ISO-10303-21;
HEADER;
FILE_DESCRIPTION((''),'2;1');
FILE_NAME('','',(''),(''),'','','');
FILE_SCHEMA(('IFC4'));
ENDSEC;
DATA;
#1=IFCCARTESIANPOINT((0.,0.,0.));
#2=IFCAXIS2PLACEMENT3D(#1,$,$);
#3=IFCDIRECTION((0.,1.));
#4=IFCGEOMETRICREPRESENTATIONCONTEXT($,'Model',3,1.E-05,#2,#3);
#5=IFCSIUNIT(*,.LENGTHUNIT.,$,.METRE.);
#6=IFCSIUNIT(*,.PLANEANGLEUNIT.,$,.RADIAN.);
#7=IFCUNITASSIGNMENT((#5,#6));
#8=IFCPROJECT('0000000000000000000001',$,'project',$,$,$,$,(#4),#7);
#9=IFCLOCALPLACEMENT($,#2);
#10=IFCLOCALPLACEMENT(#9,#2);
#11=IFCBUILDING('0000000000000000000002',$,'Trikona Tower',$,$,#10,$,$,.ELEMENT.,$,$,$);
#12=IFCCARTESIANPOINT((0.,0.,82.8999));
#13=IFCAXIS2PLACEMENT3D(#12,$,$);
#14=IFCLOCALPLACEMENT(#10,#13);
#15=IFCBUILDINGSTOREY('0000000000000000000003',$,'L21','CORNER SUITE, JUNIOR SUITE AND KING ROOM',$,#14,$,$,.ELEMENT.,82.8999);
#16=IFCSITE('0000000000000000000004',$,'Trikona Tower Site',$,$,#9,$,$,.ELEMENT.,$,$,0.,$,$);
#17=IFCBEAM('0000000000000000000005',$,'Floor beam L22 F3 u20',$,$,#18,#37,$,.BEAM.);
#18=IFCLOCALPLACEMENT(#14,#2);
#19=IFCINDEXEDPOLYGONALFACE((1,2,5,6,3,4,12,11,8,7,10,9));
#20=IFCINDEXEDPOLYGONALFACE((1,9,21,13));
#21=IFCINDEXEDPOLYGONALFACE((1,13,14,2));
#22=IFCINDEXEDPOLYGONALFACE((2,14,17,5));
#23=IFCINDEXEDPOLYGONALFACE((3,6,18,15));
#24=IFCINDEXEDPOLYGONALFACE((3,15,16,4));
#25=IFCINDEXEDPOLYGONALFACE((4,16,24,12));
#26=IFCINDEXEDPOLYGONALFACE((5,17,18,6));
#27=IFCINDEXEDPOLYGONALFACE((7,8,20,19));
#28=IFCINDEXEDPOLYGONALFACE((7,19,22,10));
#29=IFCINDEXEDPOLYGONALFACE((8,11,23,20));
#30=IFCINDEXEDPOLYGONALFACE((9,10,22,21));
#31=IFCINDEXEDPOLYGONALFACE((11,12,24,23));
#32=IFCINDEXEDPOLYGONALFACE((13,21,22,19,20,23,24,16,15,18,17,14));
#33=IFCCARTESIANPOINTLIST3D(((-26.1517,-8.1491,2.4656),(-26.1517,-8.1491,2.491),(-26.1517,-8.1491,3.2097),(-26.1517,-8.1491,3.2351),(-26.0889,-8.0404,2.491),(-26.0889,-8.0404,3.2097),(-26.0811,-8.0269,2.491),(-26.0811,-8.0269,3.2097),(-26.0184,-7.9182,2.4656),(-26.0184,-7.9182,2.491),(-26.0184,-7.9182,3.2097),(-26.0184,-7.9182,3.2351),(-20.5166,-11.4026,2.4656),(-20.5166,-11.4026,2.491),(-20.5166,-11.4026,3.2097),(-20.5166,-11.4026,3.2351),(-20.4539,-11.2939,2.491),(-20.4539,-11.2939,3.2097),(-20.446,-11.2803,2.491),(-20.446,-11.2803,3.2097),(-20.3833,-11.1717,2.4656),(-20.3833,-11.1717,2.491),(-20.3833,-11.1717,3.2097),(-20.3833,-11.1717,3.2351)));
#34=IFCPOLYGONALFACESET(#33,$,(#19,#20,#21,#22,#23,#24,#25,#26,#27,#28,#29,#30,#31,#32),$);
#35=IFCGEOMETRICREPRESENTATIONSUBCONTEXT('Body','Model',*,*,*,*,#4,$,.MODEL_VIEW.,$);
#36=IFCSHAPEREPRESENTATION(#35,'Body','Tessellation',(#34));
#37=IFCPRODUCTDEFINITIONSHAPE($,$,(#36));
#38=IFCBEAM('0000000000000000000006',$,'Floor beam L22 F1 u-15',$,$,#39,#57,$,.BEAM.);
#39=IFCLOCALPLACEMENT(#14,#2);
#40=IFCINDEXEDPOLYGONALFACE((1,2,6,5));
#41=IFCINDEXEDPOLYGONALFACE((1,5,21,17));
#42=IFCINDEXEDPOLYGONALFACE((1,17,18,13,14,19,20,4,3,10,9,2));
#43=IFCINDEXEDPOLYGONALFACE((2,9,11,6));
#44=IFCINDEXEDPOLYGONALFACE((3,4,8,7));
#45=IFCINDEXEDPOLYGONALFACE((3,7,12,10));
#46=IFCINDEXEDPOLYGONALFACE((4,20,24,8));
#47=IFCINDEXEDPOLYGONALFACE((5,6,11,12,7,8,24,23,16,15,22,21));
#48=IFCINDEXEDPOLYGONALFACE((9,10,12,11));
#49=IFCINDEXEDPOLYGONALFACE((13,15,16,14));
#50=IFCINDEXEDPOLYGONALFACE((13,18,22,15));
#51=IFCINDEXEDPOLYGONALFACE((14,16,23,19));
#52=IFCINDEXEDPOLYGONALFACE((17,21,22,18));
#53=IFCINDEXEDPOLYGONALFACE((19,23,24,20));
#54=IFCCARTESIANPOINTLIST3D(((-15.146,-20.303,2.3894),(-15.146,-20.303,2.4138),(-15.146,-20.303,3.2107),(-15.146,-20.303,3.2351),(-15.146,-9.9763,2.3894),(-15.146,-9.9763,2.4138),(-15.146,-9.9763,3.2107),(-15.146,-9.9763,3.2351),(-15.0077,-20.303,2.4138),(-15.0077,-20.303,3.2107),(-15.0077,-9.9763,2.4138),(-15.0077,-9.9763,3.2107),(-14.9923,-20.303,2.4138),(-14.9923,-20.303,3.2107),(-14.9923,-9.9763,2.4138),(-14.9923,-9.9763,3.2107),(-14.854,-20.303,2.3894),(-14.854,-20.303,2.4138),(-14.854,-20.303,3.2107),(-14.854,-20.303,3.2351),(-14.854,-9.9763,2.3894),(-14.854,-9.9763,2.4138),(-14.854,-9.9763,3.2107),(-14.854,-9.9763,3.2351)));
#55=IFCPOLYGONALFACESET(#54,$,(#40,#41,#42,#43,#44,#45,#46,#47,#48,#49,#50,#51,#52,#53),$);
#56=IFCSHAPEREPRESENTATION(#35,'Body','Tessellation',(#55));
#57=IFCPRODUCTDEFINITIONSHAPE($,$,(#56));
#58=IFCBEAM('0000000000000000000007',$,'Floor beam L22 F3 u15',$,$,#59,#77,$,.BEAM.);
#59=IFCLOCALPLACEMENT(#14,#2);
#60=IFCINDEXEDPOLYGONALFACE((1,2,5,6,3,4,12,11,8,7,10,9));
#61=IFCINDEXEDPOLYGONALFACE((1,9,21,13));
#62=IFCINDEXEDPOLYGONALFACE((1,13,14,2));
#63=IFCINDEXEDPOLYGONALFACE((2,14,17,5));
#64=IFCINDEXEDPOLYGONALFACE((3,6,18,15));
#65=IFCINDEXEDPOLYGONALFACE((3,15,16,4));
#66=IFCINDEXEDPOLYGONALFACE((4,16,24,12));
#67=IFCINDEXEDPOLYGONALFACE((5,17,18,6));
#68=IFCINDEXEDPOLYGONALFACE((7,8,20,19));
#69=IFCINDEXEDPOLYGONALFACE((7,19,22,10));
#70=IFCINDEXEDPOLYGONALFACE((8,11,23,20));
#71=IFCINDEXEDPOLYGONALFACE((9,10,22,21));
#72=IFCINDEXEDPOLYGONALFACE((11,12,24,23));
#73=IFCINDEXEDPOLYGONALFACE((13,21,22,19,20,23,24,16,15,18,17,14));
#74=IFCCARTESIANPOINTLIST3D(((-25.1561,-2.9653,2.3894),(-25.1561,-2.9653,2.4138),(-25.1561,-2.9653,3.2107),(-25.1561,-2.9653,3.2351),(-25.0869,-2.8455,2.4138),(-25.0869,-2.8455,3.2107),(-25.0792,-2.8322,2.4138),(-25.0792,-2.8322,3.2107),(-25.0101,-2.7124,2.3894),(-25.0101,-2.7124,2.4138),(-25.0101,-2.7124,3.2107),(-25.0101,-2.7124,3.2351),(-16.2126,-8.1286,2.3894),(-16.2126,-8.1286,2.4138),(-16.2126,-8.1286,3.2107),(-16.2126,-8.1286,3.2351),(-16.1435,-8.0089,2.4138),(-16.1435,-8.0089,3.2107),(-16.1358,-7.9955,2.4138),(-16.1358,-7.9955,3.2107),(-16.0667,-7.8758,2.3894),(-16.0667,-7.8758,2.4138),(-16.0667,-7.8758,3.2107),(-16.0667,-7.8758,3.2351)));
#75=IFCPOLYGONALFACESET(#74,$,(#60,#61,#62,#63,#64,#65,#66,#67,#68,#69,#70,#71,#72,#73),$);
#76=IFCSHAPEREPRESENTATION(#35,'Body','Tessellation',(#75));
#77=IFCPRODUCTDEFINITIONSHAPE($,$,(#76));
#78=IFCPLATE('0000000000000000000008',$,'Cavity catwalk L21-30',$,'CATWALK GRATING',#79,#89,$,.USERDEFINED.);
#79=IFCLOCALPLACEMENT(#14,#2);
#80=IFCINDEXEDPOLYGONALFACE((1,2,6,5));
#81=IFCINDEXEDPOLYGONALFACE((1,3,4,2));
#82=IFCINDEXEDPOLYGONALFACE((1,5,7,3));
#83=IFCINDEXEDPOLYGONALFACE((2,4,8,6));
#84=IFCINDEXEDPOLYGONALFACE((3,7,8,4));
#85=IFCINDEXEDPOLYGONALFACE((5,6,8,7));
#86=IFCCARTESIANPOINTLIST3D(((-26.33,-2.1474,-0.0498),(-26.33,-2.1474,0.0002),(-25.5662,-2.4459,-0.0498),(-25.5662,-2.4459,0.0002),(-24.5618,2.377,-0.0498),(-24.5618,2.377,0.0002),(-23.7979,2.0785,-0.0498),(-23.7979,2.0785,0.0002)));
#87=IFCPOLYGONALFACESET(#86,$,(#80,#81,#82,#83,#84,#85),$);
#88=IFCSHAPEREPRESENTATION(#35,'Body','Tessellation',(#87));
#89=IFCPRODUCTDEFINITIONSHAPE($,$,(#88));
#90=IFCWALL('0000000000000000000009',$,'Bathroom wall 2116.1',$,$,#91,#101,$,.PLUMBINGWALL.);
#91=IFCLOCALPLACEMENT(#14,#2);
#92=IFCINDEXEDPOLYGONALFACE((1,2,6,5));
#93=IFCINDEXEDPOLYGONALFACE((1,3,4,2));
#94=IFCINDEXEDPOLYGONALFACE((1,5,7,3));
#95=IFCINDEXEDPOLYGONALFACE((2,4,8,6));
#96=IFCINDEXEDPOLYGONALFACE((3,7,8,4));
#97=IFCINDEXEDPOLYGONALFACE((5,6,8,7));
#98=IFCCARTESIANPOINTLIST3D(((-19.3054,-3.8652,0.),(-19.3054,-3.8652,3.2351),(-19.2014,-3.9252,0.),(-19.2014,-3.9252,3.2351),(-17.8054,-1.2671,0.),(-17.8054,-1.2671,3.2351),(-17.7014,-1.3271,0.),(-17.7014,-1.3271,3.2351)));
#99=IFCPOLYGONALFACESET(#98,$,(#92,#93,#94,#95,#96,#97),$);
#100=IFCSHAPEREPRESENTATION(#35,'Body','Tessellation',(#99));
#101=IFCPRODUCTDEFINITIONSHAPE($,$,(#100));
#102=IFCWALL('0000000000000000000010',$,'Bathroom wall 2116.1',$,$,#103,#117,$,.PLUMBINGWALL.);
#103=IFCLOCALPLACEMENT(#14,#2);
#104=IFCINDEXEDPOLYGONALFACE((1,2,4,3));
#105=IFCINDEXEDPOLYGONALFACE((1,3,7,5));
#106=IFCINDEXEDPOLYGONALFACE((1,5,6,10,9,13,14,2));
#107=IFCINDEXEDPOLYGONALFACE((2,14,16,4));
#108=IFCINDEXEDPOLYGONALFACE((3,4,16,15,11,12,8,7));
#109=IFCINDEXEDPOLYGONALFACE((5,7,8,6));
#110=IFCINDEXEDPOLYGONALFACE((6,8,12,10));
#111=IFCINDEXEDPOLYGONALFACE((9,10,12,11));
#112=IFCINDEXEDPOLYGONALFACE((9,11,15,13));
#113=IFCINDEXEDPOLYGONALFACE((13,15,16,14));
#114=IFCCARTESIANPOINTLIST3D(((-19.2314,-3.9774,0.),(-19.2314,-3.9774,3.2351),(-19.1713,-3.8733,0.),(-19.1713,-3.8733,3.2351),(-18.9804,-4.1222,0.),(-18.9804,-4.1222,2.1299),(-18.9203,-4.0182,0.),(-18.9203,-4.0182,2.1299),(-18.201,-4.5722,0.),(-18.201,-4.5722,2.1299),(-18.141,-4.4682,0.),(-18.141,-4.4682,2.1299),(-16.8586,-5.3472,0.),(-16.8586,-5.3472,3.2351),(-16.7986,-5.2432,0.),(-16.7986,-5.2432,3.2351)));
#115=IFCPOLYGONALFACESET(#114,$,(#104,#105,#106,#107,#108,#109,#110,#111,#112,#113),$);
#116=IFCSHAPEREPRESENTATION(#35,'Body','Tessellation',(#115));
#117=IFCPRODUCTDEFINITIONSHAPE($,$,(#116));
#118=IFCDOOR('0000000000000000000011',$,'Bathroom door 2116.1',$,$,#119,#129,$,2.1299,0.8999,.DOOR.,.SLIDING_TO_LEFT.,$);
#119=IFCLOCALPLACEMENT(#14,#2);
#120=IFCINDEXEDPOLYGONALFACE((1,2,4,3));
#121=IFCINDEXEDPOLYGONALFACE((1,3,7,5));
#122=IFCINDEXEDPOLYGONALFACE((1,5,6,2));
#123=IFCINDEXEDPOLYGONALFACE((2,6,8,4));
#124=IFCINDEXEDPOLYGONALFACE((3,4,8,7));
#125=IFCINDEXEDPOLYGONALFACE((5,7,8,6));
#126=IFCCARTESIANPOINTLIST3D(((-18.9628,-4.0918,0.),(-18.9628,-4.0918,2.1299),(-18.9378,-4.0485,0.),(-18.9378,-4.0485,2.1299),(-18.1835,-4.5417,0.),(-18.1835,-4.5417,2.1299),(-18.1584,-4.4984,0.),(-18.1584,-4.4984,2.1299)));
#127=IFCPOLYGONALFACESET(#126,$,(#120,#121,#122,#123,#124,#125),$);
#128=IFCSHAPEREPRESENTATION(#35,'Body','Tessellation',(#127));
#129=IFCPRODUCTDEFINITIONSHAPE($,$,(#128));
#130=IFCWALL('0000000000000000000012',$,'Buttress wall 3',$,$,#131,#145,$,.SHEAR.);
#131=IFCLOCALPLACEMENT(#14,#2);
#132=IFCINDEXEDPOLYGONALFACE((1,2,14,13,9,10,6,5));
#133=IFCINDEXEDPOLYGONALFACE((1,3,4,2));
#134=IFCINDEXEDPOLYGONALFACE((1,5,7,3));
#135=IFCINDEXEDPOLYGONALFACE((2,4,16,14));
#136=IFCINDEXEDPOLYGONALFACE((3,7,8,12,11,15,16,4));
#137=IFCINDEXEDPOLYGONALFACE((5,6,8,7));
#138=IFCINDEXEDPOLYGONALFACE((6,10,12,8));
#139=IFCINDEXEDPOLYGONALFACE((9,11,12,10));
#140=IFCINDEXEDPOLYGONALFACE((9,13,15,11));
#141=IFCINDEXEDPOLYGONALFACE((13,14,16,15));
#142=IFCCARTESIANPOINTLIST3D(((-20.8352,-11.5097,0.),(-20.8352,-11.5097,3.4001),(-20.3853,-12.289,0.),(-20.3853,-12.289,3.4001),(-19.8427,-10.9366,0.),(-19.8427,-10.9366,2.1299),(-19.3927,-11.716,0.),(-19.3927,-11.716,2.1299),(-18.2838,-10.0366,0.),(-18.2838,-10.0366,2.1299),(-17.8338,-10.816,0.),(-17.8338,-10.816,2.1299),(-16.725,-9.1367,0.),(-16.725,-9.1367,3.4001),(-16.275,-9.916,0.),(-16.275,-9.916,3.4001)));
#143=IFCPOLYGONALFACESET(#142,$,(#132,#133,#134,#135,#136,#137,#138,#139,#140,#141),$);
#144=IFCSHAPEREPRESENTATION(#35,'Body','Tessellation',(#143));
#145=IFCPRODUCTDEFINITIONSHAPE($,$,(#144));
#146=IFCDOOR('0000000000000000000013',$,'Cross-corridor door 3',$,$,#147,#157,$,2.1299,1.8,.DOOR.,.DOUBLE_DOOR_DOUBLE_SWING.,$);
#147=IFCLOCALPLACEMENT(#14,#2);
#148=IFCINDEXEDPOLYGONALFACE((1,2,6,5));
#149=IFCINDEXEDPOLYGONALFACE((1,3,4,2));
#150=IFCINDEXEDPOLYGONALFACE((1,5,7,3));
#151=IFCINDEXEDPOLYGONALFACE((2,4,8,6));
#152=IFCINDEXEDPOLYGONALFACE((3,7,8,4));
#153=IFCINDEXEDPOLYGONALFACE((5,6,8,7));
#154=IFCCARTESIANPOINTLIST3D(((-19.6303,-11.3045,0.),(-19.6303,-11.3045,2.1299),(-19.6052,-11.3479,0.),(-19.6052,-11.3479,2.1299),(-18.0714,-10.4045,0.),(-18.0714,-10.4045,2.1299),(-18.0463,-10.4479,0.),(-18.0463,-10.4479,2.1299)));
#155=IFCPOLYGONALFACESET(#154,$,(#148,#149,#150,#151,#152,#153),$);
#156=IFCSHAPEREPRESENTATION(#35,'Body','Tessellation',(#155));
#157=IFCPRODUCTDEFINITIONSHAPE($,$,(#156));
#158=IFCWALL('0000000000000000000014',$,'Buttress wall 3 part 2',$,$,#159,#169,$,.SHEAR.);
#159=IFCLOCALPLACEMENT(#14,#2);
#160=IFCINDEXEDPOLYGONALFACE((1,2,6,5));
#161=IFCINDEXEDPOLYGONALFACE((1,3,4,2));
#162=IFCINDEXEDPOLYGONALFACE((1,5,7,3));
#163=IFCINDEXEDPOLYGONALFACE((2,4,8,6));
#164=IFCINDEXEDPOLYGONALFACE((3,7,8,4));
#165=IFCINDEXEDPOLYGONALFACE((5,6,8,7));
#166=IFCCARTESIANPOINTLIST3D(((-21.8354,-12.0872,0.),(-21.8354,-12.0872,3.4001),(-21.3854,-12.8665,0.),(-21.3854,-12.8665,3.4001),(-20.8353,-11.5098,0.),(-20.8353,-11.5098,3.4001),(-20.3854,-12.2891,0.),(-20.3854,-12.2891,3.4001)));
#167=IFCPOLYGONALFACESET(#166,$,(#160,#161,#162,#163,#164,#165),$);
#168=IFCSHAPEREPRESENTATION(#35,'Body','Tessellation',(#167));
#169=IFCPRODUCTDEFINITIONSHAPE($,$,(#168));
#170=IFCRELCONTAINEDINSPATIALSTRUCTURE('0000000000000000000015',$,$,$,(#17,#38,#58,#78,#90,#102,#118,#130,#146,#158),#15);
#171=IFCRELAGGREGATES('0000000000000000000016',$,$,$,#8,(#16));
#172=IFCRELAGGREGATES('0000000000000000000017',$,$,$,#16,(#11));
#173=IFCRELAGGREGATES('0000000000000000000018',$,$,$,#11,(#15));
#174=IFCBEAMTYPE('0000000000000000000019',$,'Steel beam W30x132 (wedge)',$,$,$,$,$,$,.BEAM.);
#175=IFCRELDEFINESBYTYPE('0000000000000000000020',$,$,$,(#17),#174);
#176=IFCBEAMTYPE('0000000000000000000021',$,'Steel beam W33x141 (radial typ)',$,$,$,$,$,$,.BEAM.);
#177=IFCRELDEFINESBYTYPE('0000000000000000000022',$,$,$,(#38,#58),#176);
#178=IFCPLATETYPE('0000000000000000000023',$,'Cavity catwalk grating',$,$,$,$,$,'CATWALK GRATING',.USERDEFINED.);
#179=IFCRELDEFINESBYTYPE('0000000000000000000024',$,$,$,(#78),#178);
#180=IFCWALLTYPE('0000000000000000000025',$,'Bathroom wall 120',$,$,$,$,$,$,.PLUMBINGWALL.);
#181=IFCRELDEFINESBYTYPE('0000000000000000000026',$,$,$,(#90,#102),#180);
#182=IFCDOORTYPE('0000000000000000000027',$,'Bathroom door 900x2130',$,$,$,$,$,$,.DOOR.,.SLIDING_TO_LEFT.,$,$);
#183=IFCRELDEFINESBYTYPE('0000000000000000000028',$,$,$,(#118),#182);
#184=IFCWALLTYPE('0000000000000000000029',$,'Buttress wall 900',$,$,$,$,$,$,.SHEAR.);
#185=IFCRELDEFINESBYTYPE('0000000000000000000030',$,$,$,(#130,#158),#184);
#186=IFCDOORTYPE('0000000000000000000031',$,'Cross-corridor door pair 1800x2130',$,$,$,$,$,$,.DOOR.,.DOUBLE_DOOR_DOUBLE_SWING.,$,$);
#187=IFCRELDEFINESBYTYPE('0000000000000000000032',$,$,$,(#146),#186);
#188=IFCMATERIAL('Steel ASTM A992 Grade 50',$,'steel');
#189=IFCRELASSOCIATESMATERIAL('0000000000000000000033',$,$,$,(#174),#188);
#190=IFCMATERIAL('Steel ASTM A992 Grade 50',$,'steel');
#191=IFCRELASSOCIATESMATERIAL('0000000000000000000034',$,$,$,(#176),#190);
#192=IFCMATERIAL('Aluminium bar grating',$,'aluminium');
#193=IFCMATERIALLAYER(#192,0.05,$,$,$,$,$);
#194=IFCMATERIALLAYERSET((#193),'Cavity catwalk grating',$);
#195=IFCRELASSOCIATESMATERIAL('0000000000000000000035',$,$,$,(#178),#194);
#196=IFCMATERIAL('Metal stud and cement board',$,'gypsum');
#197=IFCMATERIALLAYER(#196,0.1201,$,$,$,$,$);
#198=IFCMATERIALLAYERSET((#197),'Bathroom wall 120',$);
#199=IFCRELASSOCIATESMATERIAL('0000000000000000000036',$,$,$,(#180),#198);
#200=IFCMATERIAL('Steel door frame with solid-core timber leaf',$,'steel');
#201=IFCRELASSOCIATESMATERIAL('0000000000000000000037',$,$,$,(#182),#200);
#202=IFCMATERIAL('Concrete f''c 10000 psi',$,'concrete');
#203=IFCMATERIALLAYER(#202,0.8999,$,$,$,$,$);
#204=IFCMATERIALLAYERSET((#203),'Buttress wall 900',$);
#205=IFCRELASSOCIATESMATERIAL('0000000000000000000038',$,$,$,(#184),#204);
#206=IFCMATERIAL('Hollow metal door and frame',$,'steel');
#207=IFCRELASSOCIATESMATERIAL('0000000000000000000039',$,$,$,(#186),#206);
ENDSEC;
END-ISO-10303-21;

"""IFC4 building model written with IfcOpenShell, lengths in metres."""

from ifc_helpers import new_model, si_unit, direction, frame, frame_2d, origin, origin_2d, place, context, subcontext, project, spatial, rectangle, i_section, extrude, material, layer, layer_set, material_profile, profile_set, type_object, element, fill, save


model = new_model("IFC4")

# Units and contexts
model_context = context("Model", 3, precision=1e-05, world=origin(), true_north=direction((0.0, 1.0)))
body_context = subcontext(model_context, "Body", "Model", "MODEL_VIEW")
ifc_project = project(units=[si_unit("LENGTHUNIT", "METRE"), si_unit("PLANEANGLEUNIT", "RADIAN")], contexts=[model_context])

# Site, building, storey
site_placement = place(None, origin())
site = spatial("IfcSite", under=ifc_project, at=site_placement, Name="Trikona Tower Site", CompositionType="ELEMENT", RefElevation=0.0)
building_placement = place(site_placement, origin())
building = spatial("IfcBuilding", under=site, at=building_placement, Name="Trikona Tower", CompositionType="ELEMENT")
storey_placement = place(building_placement, frame((0.0, 0.0, 82.8999)))
storey = spatial("IfcBuildingStorey", under=building, at=storey_placement, Name="L21", Description="CORNER SUITE, JUNIOR SUITE AND KING ROOM", CompositionType="ELEMENT", Elevation=82.8999)

# Beams
ifc_material_1 = material(Name="Steel ASTM A992 Grade 50", Category="steel")
ifc_material_profile_1 = material_profile(ifc_material_1, i_section(OverallWidth=0.2666, OverallDepth=0.7695, WebThickness=0.0156, FlangeThickness=0.0254, at=origin_2d()), Name="W30X132")
ifc_profile_set_1 = profile_set([ifc_material_profile_1], Name="Steel ASTM A992 Grade 50")
beam_type_1 = type_object("IfcBeamType", Name="Steel beam W30x132 (wedge)", PredefinedType="BEAM", material=ifc_profile_set_1)
beam_1_placement = place(storey_placement, frame((-20.45, -11.2871, 2.8503), z_axis=(-0.866023, 0.500005, 0.0), x_axis=(-0.500005, -0.866023, 0.0)))
element("IfcBeam", 1, at=beam_1_placement, inside=storey, type_object=beam_type_1, Name="Floor beam L22 F3 u20", PredefinedType="BEAM", context=body_context, shape_type="SweptSolid", body=[
    extrude(i_section(OverallWidth=0.2666, OverallDepth=0.7695, WebThickness=0.0156, FlangeThickness=0.0254, at=origin_2d()), origin(), (0.0, 0.0, 1.0), 6.5068),
])
ifc_material_2 = material(Name="Steel ASTM A992 Grade 50", Category="steel")
ifc_material_profile_2 = material_profile(ifc_material_2, i_section(OverallWidth=0.292, OverallDepth=0.8457, WebThickness=0.0154, FlangeThickness=0.0244, at=origin_2d()), Name="W33X141")
ifc_profile_set_2 = profile_set([ifc_material_profile_2], Name="Steel ASTM A992 Grade 50")
beam_type_2 = type_object("IfcBeamType", Name="Steel beam W33x141 (radial typ)", PredefinedType="BEAM", material=ifc_profile_set_2)
beam_2_placement = place(storey_placement, frame((-15.0, -9.9763, 2.8123), z_axis=(0.0, -1.0, 0.0), x_axis=(1.0, 0.0, 0.0)))
element("IfcBeam", 2, at=beam_2_placement, inside=storey, type_object=beam_type_2, Name="Floor beam L22 F1 u-15", PredefinedType="BEAM", context=body_context, shape_type="SweptSolid", body=[
    extrude(i_section(OverallWidth=0.292, OverallDepth=0.8457, WebThickness=0.0154, FlangeThickness=0.0244, at=origin_2d()), origin(), (0.0, 0.0, 1.0), 10.3267),
])
beam_3_placement = place(storey_placement, frame((-16.1396, -8.0022, 2.8123), z_axis=(-0.86603, 0.499991, 0.0), x_axis=(-0.499991, -0.86603, 0.0)))
element("IfcBeam", 3, at=beam_3_placement, inside=storey, type_object=beam_type_2, Name="Floor beam L22 F3 u15", PredefinedType="BEAM", context=body_context, shape_type="SweptSolid", body=[
    extrude(i_section(OverallWidth=0.292, OverallDepth=0.8457, WebThickness=0.0154, FlangeThickness=0.0244, at=origin_2d()), origin(), (0.0, 0.0, 1.0), 10.3269),
])

# Plate
ifc_material_3 = material(Name="Aluminium bar grating", Category="aluminium")
ifc_layer_1 = layer(ifc_material_3, 0.05)
ifc_layer_set_1 = layer_set([ifc_layer_1], Name="Cavity catwalk grating")
plate_type = type_object("IfcPlateType", Name="Cavity catwalk grating", ElementType="CATWALK GRATING", PredefinedType="USERDEFINED", material=ifc_layer_set_1)
plate_placement = place(storey_placement, frame((-25.064, -0.0344, -0.0498), z_axis=(0.0, 0.0, 1.0), x_axis=(-0.364009, -0.931395, 0.0)))
element("IfcPlate", 4, at=plate_placement, inside=storey, type_object=plate_type, Name="Cavity catwalk L21-30", ObjectType="CATWALK GRATING", PredefinedType="USERDEFINED", context=body_context, shape_type="SweptSolid", body=[
    extrude(rectangle(XDim=4.8577, YDim=0.8201, at=origin_2d()), origin(), (0.0, 0.0, 1.0), 0.05),
])

# Wall
ifc_material_4 = material(Name="Metal stud and cement board", Category="gypsum")
ifc_layer_2 = layer(ifc_material_4, 0.1201)
ifc_layer_set_2 = layer_set([ifc_layer_2], Name="Bathroom wall 120")
wall_type_1 = type_object("IfcWallType", Name="Bathroom wall 120", PredefinedType="PLUMBINGWALL", material=ifc_layer_set_2)
wall_1_placement = place(storey_placement, frame((-17.7534, -1.2971, 0.0), z_axis=(0.0, 0.0, 1.0), x_axis=(-0.49999, -0.866031, 0.0)))
element("IfcWall", 5, at=wall_1_placement, inside=storey, type_object=wall_type_1, Name="Bathroom wall 2116.1", PredefinedType="PLUMBINGWALL", context=body_context, shape_type="SweptSolid", body=[
    extrude(rectangle(XDim=3.0, YDim=0.1201, at=frame_2d((1.5, 0.0))), origin(), (0.0, 0.0, 1.0), 3.2351),
])

# Walls, openings, doors
wall_2_placement = place(storey_placement, frame((-16.8286, -5.2952, 0.0), z_axis=(0.0, 0.0, 1.0), x_axis=(-0.866036, 0.499982, 0.0)))
wall_2 = element("IfcWall", 6, at=wall_2_placement, inside=storey, type_object=wall_type_1, Name="Bathroom wall 2116.1", PredefinedType="PLUMBINGWALL", context=body_context, shape_type="SweptSolid", body=[
    extrude(rectangle(XDim=2.7397, YDim=0.1201, at=frame_2d((1.3699, 0.0))), origin(), (0.0, 0.0, 1.0), 3.2351),
])
opening_1_placement = place(wall_2_placement, frame((1.55, 0.0, 0.0)))
opening_1 = element("IfcOpeningElement", 7, at=opening_1_placement, cuts=wall_2, PredefinedType="OPENING", context=body_context, shape_type="SweptSolid", body=[
    extrude(rectangle(XDim=0.8999, YDim=2.1299, at=frame_2d((0.45, 1.0649))), frame((0.0, 0.0701, 0.0), z_axis=(0.0, -1.0, 0.0), x_axis=(1.0, 0.0, 0.0)), (0.0, 0.0, 1.0), 0.1401),
])
ifc_material_5 = material(Name="Steel door frame with solid-core timber leaf", Category="steel")
door_type_1 = type_object("IfcDoorType", Name="Bathroom door 900x2130", OperationType="SLIDING_TO_LEFT", PredefinedType="DOOR", material=ifc_material_5)
door_1_placement = place(opening_1_placement, origin())
door_1 = element("IfcDoor", 8, at=door_1_placement, inside=storey, type_object=door_type_1, Name="Bathroom door 2116.1", OperationType="SLIDING_TO_LEFT", OverallHeight=2.1299, OverallWidth=0.8999, PredefinedType="DOOR", context=body_context, shape_type="SweptSolid", body=[
    extrude(rectangle(XDim=0.8999, YDim=2.1299, at=frame_2d((0.45, 1.0649))), frame((0.0, 0.0249, 0.0), z_axis=(0.0, -1.0, 0.0), x_axis=(1.0, 0.0, 0.0)), (0.0, 0.0, 1.0), 0.05),
])
fill(opening_1, door_1)
ifc_material_6 = material(Name="Concrete f'c 10000 psi", Category="concrete")
ifc_layer_3 = layer(ifc_material_6, 0.8999)
ifc_layer_set_3 = layer_set([ifc_layer_3], Name="Buttress wall 900")
wall_type_2 = type_object("IfcWallType", Name="Buttress wall 900", PredefinedType="SHEAR", material=ifc_layer_set_3)
wall_3_placement = place(storey_placement, frame((-16.5, -9.5264, 0.0), z_axis=(0.0, 0.0, 1.0), x_axis=(-0.866031, -0.49999, 0.0)))
wall_3 = element("IfcWall", 9, at=wall_3_placement, inside=storey, type_object=wall_type_2, Name="Buttress wall 3", PredefinedType="SHEAR", context=body_context, shape_type="SweptSolid", body=[
    extrude(rectangle(XDim=4.7461, YDim=0.8999, at=frame_2d((2.373, 0.0))), origin(), (0.0, 0.0, 1.0), 3.4001),
])
opening_2_placement = place(wall_3_placement, frame((1.8, 0.0, 0.0)))
opening_2 = element("IfcOpeningElement", 10, at=opening_2_placement, cuts=wall_3, PredefinedType="OPENING", context=body_context, shape_type="SweptSolid", body=[
    extrude(rectangle(XDim=1.8, YDim=2.1299, at=frame_2d((0.8999, 1.0649))), frame((0.0, 0.46, 0.0), z_axis=(0.0, -1.0, 0.0), x_axis=(1.0, 0.0, 0.0)), (0.0, 0.0, 1.0), 0.9199),
])
ifc_material_7 = material(Name="Hollow metal door and frame", Category="steel")
door_type_2 = type_object("IfcDoorType", Name="Cross-corridor door pair 1800x2130", OperationType="DOUBLE_DOOR_DOUBLE_SWING", PredefinedType="DOOR", material=ifc_material_7)
door_2_placement = place(opening_2_placement, origin())
door_2 = element("IfcDoor", 11, at=door_2_placement, inside=storey, type_object=door_type_2, Name="Cross-corridor door 3", OperationType="DOUBLE_DOOR_DOUBLE_SWING", OverallHeight=2.1299, OverallWidth=1.8, PredefinedType="DOOR", context=body_context, shape_type="SweptSolid", body=[
    extrude(rectangle(XDim=1.8, YDim=2.1299, at=frame_2d((0.8999, 1.0649))), frame((0.0, 0.0249, 0.0), z_axis=(0.0, -1.0, 0.0), x_axis=(1.0, 0.0, 0.0)), (0.0, 0.0, 1.0), 0.05),
])
fill(opening_2, door_2)

# Wall
wall_4_placement = place(storey_placement, frame((-20.6104, -11.8994, 0.0), z_axis=(0.0, 0.0, 1.0), x_axis=(-0.86601, -0.500027, 0.0)))
element("IfcWall", 12, at=wall_4_placement, inside=storey, type_object=wall_type_2, Name="Buttress wall 3 part 2", PredefinedType="SHEAR", context=body_context, shape_type="SweptSolid", body=[
    extrude(rectangle(XDim=1.1548, YDim=0.8999, at=frame_2d((0.5774, 0.0))), origin(), (0.0, 0.0, 1.0), 3.4001),
])

save(model, "model.ifc")
